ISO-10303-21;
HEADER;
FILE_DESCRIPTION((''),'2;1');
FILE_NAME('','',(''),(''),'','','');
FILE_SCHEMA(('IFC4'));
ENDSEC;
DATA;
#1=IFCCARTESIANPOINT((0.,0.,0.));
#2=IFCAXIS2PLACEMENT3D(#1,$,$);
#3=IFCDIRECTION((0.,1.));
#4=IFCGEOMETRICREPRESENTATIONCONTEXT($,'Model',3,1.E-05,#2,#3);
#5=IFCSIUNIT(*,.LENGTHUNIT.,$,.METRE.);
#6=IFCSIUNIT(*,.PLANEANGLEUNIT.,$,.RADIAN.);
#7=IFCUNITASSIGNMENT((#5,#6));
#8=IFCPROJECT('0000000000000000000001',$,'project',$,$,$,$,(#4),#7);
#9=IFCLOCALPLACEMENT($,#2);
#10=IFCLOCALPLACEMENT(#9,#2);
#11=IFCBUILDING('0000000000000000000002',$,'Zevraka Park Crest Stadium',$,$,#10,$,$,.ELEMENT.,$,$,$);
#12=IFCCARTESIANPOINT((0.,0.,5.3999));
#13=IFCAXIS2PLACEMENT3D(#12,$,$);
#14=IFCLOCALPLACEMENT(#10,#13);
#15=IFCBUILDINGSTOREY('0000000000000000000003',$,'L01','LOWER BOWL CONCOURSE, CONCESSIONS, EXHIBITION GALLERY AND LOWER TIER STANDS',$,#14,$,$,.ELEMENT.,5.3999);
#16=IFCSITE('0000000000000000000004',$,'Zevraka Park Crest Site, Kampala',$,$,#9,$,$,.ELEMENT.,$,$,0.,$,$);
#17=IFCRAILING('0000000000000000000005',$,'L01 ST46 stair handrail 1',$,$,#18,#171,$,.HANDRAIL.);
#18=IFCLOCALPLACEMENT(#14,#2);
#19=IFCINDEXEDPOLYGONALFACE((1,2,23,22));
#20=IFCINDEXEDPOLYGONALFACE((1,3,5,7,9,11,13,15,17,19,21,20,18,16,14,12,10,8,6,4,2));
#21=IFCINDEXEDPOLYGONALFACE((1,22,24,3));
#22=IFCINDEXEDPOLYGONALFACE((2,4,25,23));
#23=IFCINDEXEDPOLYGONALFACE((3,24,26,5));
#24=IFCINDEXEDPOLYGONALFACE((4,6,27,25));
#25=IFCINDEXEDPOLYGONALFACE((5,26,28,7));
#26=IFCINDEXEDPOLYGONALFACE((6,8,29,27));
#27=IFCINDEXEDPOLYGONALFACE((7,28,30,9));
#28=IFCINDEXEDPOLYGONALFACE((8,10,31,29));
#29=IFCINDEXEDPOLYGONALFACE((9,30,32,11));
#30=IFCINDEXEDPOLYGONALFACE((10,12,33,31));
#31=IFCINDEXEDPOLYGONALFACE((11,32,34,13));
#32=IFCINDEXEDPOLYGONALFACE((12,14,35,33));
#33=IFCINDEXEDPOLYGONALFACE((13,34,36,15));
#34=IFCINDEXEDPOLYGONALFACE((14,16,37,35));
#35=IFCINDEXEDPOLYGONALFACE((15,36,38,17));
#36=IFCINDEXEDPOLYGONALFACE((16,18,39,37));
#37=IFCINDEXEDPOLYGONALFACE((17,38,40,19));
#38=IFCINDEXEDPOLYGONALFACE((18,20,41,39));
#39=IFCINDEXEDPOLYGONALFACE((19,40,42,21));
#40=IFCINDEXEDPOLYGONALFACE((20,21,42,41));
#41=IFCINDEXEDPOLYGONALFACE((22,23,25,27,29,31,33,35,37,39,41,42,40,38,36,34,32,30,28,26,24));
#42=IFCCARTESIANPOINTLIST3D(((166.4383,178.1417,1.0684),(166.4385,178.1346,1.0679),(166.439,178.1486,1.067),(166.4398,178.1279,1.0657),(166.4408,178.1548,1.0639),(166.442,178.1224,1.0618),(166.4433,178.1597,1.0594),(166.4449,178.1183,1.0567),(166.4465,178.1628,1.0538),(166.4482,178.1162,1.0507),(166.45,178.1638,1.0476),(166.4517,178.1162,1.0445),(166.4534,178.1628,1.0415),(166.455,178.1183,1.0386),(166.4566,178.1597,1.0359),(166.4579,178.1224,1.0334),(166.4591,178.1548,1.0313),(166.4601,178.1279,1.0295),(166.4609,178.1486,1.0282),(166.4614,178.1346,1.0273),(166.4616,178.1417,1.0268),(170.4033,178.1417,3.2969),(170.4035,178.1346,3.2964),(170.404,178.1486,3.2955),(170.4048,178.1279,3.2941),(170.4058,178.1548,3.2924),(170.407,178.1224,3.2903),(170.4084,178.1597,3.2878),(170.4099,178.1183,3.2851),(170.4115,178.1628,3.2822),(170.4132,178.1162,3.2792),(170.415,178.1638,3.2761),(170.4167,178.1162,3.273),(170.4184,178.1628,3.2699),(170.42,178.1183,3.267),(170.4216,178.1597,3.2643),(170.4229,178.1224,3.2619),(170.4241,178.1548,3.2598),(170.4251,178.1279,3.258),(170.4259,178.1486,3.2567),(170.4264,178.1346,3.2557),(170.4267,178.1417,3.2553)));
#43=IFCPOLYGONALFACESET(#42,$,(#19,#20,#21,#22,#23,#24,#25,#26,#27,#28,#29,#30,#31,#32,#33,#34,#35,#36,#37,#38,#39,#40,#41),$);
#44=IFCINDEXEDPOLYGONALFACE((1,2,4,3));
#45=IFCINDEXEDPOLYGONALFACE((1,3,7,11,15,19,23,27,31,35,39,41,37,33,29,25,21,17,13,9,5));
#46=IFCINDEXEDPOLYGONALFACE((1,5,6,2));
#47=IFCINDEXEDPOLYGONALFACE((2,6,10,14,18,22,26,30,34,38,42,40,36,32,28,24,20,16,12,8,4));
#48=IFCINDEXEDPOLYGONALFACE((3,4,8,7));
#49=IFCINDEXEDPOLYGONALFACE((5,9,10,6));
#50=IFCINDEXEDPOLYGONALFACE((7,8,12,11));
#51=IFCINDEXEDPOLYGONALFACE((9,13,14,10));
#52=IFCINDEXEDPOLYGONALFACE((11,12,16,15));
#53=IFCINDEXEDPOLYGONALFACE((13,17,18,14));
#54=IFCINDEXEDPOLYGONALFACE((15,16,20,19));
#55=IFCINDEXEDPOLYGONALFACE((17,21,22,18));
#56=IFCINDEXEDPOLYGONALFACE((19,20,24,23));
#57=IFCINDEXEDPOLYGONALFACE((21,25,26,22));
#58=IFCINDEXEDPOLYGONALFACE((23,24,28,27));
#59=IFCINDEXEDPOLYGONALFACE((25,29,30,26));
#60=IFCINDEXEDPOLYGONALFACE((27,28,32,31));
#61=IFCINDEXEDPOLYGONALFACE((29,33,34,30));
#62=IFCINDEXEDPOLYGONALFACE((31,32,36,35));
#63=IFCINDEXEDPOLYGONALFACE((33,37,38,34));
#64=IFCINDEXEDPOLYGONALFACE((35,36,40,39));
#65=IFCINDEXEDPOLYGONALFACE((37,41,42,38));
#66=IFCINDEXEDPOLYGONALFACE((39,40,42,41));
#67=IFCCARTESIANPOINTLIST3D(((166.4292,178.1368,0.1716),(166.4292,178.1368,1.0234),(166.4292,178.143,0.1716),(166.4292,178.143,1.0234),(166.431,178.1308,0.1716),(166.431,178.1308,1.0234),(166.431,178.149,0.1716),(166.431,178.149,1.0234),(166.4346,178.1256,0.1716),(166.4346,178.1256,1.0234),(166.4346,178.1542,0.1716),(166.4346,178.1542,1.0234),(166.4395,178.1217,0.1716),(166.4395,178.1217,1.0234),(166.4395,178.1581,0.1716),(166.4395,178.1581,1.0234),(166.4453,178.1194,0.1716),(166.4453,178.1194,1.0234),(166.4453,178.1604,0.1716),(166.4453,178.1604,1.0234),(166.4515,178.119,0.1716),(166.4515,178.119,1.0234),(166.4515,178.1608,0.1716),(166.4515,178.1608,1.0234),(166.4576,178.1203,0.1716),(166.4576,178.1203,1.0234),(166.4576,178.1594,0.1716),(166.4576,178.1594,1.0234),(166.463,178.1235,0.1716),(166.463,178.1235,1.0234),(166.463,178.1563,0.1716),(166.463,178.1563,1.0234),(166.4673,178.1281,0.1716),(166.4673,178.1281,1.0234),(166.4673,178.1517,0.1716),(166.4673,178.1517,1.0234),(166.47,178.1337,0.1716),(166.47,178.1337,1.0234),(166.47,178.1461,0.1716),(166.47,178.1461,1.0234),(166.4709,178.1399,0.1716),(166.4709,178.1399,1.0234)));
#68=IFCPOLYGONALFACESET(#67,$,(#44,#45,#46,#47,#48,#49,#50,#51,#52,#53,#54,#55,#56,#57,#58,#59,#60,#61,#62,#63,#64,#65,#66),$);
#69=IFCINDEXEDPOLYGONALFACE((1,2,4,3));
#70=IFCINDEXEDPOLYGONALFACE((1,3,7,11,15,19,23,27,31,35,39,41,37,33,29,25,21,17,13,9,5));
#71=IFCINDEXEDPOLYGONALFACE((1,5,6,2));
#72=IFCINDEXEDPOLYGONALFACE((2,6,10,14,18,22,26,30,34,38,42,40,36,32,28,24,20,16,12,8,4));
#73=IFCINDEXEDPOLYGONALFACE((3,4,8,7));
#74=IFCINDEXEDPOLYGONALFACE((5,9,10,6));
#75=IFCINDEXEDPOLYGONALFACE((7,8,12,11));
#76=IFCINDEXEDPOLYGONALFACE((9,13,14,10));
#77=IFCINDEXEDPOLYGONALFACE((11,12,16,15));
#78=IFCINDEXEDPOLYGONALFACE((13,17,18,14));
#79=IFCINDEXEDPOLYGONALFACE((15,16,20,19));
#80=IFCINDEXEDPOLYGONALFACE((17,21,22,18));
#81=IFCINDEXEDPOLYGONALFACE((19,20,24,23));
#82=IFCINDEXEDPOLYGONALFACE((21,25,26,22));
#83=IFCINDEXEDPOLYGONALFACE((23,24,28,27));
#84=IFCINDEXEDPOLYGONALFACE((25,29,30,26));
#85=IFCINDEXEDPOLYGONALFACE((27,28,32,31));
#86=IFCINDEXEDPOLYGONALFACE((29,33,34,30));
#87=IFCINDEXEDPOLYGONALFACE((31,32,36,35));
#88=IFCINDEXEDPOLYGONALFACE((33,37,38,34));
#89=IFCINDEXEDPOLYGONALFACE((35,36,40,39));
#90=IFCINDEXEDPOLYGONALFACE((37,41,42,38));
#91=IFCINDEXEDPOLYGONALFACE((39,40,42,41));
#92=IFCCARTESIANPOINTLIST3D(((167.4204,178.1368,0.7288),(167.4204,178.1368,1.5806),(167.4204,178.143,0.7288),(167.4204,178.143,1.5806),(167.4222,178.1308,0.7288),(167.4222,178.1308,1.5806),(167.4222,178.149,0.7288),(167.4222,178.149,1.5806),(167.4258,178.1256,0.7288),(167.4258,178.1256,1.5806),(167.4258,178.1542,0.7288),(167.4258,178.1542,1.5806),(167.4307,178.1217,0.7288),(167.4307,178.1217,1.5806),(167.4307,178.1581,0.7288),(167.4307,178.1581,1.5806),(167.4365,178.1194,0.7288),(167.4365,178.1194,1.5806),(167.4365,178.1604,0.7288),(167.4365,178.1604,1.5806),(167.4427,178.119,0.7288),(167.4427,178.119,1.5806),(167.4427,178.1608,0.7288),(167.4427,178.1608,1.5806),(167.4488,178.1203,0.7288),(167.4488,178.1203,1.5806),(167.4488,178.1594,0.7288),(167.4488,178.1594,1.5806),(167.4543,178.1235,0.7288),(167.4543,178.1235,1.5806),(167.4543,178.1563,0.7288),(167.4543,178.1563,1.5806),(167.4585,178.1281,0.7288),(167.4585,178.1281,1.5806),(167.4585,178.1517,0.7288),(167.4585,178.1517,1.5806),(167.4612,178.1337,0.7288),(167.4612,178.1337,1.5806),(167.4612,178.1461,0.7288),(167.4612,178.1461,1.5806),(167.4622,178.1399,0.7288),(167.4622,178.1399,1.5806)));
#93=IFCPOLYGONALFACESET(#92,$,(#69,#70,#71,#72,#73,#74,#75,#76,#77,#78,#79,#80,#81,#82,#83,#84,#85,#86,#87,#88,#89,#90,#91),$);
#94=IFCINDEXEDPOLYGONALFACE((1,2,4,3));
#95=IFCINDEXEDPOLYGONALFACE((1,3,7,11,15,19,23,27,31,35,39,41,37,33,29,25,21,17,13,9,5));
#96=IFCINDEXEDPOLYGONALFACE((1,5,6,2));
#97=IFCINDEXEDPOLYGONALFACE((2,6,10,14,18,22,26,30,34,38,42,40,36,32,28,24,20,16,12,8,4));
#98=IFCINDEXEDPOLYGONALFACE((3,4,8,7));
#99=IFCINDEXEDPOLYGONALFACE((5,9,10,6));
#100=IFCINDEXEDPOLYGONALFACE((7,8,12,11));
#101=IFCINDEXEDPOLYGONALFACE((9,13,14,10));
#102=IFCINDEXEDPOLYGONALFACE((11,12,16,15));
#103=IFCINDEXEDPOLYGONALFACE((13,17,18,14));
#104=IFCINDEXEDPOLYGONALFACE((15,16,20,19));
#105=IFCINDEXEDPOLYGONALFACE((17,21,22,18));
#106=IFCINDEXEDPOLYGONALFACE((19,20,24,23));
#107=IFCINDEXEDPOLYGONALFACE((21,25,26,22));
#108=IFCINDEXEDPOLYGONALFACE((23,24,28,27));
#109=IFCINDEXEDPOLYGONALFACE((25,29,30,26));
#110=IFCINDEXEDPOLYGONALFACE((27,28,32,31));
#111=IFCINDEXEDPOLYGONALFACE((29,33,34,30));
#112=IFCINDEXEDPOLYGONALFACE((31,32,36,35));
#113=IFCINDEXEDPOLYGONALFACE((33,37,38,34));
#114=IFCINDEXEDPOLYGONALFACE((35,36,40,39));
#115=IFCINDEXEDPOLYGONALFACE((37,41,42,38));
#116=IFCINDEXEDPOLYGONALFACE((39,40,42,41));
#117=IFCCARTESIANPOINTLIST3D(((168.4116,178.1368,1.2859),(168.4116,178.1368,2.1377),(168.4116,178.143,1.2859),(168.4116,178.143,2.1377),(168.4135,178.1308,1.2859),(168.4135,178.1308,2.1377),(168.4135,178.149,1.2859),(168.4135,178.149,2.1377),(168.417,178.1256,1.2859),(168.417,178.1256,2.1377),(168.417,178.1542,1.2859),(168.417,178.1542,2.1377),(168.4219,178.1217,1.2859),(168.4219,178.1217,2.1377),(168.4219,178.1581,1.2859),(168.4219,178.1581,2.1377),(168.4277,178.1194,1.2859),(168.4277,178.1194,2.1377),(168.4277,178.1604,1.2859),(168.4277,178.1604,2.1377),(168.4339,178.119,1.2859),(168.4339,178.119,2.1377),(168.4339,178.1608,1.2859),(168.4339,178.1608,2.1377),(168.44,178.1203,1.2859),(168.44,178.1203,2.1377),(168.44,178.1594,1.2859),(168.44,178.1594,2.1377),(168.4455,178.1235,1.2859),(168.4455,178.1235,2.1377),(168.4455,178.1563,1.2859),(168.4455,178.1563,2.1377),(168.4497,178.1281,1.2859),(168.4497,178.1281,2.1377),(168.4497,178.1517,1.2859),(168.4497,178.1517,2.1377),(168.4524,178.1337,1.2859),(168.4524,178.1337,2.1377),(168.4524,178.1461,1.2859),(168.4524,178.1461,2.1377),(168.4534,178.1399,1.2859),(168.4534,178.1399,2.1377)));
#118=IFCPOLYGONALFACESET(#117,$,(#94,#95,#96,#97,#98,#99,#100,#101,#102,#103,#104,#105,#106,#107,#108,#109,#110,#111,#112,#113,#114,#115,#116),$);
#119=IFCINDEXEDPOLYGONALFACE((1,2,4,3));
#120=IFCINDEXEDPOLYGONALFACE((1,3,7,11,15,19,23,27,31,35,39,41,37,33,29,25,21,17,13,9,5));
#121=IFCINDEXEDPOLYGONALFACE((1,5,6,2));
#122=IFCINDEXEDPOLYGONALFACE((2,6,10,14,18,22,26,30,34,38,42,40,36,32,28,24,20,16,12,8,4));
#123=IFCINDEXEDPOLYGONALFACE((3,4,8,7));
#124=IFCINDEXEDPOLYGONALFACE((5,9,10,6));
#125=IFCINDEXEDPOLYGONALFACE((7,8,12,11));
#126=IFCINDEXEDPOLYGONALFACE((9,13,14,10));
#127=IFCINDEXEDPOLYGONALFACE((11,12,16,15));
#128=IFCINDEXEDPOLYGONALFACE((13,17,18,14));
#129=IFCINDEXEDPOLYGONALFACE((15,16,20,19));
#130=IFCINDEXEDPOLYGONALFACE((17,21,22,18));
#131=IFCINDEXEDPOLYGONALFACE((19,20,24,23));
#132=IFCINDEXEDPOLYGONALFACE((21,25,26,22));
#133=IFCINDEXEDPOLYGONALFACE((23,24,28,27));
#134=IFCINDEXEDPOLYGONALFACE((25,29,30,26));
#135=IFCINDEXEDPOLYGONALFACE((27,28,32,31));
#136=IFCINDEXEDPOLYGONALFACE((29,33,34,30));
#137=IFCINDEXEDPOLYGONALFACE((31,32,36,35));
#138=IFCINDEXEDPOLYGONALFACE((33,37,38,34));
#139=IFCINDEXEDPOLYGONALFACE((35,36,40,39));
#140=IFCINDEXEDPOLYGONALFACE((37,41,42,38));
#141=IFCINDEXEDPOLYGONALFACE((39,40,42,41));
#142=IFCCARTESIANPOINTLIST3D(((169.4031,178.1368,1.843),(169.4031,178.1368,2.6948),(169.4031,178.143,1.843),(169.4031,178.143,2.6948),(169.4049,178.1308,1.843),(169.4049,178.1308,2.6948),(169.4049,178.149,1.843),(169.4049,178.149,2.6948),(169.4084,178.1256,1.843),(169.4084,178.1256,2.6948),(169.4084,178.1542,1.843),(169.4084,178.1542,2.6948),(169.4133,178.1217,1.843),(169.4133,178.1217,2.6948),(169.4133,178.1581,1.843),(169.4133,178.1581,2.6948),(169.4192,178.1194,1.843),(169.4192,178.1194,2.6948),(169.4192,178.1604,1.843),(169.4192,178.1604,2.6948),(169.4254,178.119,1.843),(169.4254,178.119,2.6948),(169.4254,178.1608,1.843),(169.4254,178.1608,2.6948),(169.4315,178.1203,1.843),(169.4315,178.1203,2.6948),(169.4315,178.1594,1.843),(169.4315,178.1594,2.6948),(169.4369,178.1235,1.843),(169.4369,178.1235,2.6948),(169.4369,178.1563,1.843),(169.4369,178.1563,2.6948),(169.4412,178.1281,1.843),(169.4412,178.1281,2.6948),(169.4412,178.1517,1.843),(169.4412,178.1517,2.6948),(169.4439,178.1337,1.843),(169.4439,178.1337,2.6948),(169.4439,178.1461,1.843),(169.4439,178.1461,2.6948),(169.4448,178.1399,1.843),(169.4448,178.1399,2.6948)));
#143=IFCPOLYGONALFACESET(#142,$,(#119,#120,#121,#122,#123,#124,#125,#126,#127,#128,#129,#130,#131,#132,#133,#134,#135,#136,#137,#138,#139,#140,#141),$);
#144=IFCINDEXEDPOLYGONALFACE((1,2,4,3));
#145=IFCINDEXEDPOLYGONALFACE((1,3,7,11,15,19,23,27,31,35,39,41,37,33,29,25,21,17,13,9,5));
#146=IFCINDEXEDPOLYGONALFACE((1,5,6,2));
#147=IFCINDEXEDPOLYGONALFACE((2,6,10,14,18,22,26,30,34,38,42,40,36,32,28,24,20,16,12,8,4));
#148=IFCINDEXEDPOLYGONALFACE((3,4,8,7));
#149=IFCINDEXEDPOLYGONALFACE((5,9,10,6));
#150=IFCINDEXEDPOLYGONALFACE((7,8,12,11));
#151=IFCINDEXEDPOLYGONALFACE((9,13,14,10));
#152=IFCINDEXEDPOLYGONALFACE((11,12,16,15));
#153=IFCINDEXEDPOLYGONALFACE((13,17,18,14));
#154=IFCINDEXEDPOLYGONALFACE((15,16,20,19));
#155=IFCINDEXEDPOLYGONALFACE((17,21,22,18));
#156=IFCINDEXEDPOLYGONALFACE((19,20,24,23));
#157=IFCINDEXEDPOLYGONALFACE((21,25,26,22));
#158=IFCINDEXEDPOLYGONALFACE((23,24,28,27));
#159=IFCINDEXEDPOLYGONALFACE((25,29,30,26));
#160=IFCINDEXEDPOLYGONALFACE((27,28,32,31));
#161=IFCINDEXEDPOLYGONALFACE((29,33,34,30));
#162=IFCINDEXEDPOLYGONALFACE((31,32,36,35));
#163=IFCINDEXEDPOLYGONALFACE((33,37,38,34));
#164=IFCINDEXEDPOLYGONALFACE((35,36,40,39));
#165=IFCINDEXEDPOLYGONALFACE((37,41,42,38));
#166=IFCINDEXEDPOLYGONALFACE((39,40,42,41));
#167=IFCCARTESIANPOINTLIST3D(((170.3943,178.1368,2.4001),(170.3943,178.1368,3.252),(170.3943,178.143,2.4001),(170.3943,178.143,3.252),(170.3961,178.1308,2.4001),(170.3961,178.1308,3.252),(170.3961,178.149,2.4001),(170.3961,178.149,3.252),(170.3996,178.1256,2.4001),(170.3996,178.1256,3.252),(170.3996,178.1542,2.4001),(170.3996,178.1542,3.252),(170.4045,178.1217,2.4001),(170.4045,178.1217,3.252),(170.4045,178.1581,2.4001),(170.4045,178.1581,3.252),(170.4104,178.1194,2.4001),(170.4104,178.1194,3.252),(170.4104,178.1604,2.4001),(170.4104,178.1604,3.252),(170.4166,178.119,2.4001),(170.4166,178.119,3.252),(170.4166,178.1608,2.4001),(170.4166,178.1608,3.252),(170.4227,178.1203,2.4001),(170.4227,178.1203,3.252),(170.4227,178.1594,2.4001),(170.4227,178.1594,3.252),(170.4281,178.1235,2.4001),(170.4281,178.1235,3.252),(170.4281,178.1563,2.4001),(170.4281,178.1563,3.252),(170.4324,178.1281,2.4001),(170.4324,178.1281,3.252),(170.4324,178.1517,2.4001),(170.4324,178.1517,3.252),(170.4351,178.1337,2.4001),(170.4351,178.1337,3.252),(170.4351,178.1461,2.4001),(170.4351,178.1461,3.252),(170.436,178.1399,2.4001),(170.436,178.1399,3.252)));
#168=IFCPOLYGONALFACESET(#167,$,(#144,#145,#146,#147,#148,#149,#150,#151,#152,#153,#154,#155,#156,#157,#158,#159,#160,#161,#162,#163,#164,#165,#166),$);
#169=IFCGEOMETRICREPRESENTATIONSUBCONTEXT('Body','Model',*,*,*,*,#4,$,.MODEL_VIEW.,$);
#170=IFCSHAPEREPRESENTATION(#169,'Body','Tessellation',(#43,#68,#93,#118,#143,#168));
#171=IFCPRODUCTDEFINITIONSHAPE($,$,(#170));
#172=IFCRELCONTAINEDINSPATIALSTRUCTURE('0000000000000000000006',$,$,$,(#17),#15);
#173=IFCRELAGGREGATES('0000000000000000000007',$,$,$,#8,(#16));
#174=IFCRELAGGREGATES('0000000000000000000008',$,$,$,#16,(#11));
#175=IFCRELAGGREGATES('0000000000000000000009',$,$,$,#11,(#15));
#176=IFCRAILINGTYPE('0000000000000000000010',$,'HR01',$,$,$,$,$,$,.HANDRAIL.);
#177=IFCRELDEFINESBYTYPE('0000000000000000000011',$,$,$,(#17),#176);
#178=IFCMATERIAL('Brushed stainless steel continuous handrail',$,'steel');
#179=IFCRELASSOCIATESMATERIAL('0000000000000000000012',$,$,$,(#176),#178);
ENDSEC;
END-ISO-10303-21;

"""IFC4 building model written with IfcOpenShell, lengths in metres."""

from ifc_helpers import new_model, si_unit, direction, frame, origin, origin_2d, place, context, subcontext, project, spatial, circle, extrude, material, type_object, element, save


model = new_model("IFC4")

# Units and contexts
model_context = context("Model", 3, precision=1e-05, world=origin(), true_north=direction((0.0, 1.0)))
body_context = subcontext(model_context, "Body", "Model", "MODEL_VIEW")
ifc_project = project(units=[si_unit("LENGTHUNIT", "METRE"), si_unit("PLANEANGLEUNIT", "RADIAN")], contexts=[model_context])

# Site, building, storey
site_placement = place(None, origin())
site = spatial("IfcSite", under=ifc_project, at=site_placement, Name="Zevraka Park Crest Site, Kampala", CompositionType="ELEMENT", RefElevation=0.0)
building_placement = place(site_placement, origin())
building = spatial("IfcBuilding", under=site, at=building_placement, Name="Zevraka Park Crest Stadium", CompositionType="ELEMENT")
storey_placement = place(building_placement, frame((0.0, 0.0, 5.3999)))
storey = spatial("IfcBuildingStorey", under=building, at=storey_placement, Name="L01", Description="LOWER BOWL CONCOURSE, CONCESSIONS, EXHIBITION GALLERY AND LOWER TIER STANDS", CompositionType="ELEMENT", Elevation=5.3999)

# Railing
ifc_material_1 = material(Name="Brushed stainless steel continuous handrail", Category="steel")
railing_type_1 = type_object("IfcRailingType", Name="HR01", PredefinedType="HANDRAIL", material=ifc_material_1)
railing_1_placement = place(storey_placement, frame((166.45, 178.1399, 0.1716)))
element("IfcRailing", 1, at=railing_1_placement, inside=storey, type_object=railing_type_1, Name="L01 ST46 stair handrail 1", PredefinedType="HANDRAIL", context=body_context, shape_type="SweptSolid", body=[
    extrude(circle(Radius=0.0239, at=origin_2d()), frame((0.0, 0.0, 0.876), z_axis=(0.871749, 0.0, 0.489953), x_axis=(0.0, 1.0, 0.0)), (0.0, 0.0, 1.0), 4.5483),
    extrude(circle(Radius=0.021, at=origin_2d()), origin(), (0.0, 0.0, 1.0), 0.8518),
    extrude(circle(Radius=0.021, at=origin_2d()), frame((0.9912, 0.0, 0.5571)), (0.0, 0.0, 1.0), 0.8518),
    extrude(circle(Radius=0.021, at=origin_2d()), frame((1.9824, 0.0, 1.1143)), (0.0, 0.0, 1.0), 0.8518),
    extrude(circle(Radius=0.021, at=origin_2d()), frame((2.9739, 0.0, 1.6714)), (0.0, 0.0, 1.0), 0.8518),
    extrude(circle(Radius=0.021, at=origin_2d()), frame((3.9651, 0.0, 2.2285)), (0.0, 0.0, 1.0), 0.8518),
])

save(model, "model.ifc")
